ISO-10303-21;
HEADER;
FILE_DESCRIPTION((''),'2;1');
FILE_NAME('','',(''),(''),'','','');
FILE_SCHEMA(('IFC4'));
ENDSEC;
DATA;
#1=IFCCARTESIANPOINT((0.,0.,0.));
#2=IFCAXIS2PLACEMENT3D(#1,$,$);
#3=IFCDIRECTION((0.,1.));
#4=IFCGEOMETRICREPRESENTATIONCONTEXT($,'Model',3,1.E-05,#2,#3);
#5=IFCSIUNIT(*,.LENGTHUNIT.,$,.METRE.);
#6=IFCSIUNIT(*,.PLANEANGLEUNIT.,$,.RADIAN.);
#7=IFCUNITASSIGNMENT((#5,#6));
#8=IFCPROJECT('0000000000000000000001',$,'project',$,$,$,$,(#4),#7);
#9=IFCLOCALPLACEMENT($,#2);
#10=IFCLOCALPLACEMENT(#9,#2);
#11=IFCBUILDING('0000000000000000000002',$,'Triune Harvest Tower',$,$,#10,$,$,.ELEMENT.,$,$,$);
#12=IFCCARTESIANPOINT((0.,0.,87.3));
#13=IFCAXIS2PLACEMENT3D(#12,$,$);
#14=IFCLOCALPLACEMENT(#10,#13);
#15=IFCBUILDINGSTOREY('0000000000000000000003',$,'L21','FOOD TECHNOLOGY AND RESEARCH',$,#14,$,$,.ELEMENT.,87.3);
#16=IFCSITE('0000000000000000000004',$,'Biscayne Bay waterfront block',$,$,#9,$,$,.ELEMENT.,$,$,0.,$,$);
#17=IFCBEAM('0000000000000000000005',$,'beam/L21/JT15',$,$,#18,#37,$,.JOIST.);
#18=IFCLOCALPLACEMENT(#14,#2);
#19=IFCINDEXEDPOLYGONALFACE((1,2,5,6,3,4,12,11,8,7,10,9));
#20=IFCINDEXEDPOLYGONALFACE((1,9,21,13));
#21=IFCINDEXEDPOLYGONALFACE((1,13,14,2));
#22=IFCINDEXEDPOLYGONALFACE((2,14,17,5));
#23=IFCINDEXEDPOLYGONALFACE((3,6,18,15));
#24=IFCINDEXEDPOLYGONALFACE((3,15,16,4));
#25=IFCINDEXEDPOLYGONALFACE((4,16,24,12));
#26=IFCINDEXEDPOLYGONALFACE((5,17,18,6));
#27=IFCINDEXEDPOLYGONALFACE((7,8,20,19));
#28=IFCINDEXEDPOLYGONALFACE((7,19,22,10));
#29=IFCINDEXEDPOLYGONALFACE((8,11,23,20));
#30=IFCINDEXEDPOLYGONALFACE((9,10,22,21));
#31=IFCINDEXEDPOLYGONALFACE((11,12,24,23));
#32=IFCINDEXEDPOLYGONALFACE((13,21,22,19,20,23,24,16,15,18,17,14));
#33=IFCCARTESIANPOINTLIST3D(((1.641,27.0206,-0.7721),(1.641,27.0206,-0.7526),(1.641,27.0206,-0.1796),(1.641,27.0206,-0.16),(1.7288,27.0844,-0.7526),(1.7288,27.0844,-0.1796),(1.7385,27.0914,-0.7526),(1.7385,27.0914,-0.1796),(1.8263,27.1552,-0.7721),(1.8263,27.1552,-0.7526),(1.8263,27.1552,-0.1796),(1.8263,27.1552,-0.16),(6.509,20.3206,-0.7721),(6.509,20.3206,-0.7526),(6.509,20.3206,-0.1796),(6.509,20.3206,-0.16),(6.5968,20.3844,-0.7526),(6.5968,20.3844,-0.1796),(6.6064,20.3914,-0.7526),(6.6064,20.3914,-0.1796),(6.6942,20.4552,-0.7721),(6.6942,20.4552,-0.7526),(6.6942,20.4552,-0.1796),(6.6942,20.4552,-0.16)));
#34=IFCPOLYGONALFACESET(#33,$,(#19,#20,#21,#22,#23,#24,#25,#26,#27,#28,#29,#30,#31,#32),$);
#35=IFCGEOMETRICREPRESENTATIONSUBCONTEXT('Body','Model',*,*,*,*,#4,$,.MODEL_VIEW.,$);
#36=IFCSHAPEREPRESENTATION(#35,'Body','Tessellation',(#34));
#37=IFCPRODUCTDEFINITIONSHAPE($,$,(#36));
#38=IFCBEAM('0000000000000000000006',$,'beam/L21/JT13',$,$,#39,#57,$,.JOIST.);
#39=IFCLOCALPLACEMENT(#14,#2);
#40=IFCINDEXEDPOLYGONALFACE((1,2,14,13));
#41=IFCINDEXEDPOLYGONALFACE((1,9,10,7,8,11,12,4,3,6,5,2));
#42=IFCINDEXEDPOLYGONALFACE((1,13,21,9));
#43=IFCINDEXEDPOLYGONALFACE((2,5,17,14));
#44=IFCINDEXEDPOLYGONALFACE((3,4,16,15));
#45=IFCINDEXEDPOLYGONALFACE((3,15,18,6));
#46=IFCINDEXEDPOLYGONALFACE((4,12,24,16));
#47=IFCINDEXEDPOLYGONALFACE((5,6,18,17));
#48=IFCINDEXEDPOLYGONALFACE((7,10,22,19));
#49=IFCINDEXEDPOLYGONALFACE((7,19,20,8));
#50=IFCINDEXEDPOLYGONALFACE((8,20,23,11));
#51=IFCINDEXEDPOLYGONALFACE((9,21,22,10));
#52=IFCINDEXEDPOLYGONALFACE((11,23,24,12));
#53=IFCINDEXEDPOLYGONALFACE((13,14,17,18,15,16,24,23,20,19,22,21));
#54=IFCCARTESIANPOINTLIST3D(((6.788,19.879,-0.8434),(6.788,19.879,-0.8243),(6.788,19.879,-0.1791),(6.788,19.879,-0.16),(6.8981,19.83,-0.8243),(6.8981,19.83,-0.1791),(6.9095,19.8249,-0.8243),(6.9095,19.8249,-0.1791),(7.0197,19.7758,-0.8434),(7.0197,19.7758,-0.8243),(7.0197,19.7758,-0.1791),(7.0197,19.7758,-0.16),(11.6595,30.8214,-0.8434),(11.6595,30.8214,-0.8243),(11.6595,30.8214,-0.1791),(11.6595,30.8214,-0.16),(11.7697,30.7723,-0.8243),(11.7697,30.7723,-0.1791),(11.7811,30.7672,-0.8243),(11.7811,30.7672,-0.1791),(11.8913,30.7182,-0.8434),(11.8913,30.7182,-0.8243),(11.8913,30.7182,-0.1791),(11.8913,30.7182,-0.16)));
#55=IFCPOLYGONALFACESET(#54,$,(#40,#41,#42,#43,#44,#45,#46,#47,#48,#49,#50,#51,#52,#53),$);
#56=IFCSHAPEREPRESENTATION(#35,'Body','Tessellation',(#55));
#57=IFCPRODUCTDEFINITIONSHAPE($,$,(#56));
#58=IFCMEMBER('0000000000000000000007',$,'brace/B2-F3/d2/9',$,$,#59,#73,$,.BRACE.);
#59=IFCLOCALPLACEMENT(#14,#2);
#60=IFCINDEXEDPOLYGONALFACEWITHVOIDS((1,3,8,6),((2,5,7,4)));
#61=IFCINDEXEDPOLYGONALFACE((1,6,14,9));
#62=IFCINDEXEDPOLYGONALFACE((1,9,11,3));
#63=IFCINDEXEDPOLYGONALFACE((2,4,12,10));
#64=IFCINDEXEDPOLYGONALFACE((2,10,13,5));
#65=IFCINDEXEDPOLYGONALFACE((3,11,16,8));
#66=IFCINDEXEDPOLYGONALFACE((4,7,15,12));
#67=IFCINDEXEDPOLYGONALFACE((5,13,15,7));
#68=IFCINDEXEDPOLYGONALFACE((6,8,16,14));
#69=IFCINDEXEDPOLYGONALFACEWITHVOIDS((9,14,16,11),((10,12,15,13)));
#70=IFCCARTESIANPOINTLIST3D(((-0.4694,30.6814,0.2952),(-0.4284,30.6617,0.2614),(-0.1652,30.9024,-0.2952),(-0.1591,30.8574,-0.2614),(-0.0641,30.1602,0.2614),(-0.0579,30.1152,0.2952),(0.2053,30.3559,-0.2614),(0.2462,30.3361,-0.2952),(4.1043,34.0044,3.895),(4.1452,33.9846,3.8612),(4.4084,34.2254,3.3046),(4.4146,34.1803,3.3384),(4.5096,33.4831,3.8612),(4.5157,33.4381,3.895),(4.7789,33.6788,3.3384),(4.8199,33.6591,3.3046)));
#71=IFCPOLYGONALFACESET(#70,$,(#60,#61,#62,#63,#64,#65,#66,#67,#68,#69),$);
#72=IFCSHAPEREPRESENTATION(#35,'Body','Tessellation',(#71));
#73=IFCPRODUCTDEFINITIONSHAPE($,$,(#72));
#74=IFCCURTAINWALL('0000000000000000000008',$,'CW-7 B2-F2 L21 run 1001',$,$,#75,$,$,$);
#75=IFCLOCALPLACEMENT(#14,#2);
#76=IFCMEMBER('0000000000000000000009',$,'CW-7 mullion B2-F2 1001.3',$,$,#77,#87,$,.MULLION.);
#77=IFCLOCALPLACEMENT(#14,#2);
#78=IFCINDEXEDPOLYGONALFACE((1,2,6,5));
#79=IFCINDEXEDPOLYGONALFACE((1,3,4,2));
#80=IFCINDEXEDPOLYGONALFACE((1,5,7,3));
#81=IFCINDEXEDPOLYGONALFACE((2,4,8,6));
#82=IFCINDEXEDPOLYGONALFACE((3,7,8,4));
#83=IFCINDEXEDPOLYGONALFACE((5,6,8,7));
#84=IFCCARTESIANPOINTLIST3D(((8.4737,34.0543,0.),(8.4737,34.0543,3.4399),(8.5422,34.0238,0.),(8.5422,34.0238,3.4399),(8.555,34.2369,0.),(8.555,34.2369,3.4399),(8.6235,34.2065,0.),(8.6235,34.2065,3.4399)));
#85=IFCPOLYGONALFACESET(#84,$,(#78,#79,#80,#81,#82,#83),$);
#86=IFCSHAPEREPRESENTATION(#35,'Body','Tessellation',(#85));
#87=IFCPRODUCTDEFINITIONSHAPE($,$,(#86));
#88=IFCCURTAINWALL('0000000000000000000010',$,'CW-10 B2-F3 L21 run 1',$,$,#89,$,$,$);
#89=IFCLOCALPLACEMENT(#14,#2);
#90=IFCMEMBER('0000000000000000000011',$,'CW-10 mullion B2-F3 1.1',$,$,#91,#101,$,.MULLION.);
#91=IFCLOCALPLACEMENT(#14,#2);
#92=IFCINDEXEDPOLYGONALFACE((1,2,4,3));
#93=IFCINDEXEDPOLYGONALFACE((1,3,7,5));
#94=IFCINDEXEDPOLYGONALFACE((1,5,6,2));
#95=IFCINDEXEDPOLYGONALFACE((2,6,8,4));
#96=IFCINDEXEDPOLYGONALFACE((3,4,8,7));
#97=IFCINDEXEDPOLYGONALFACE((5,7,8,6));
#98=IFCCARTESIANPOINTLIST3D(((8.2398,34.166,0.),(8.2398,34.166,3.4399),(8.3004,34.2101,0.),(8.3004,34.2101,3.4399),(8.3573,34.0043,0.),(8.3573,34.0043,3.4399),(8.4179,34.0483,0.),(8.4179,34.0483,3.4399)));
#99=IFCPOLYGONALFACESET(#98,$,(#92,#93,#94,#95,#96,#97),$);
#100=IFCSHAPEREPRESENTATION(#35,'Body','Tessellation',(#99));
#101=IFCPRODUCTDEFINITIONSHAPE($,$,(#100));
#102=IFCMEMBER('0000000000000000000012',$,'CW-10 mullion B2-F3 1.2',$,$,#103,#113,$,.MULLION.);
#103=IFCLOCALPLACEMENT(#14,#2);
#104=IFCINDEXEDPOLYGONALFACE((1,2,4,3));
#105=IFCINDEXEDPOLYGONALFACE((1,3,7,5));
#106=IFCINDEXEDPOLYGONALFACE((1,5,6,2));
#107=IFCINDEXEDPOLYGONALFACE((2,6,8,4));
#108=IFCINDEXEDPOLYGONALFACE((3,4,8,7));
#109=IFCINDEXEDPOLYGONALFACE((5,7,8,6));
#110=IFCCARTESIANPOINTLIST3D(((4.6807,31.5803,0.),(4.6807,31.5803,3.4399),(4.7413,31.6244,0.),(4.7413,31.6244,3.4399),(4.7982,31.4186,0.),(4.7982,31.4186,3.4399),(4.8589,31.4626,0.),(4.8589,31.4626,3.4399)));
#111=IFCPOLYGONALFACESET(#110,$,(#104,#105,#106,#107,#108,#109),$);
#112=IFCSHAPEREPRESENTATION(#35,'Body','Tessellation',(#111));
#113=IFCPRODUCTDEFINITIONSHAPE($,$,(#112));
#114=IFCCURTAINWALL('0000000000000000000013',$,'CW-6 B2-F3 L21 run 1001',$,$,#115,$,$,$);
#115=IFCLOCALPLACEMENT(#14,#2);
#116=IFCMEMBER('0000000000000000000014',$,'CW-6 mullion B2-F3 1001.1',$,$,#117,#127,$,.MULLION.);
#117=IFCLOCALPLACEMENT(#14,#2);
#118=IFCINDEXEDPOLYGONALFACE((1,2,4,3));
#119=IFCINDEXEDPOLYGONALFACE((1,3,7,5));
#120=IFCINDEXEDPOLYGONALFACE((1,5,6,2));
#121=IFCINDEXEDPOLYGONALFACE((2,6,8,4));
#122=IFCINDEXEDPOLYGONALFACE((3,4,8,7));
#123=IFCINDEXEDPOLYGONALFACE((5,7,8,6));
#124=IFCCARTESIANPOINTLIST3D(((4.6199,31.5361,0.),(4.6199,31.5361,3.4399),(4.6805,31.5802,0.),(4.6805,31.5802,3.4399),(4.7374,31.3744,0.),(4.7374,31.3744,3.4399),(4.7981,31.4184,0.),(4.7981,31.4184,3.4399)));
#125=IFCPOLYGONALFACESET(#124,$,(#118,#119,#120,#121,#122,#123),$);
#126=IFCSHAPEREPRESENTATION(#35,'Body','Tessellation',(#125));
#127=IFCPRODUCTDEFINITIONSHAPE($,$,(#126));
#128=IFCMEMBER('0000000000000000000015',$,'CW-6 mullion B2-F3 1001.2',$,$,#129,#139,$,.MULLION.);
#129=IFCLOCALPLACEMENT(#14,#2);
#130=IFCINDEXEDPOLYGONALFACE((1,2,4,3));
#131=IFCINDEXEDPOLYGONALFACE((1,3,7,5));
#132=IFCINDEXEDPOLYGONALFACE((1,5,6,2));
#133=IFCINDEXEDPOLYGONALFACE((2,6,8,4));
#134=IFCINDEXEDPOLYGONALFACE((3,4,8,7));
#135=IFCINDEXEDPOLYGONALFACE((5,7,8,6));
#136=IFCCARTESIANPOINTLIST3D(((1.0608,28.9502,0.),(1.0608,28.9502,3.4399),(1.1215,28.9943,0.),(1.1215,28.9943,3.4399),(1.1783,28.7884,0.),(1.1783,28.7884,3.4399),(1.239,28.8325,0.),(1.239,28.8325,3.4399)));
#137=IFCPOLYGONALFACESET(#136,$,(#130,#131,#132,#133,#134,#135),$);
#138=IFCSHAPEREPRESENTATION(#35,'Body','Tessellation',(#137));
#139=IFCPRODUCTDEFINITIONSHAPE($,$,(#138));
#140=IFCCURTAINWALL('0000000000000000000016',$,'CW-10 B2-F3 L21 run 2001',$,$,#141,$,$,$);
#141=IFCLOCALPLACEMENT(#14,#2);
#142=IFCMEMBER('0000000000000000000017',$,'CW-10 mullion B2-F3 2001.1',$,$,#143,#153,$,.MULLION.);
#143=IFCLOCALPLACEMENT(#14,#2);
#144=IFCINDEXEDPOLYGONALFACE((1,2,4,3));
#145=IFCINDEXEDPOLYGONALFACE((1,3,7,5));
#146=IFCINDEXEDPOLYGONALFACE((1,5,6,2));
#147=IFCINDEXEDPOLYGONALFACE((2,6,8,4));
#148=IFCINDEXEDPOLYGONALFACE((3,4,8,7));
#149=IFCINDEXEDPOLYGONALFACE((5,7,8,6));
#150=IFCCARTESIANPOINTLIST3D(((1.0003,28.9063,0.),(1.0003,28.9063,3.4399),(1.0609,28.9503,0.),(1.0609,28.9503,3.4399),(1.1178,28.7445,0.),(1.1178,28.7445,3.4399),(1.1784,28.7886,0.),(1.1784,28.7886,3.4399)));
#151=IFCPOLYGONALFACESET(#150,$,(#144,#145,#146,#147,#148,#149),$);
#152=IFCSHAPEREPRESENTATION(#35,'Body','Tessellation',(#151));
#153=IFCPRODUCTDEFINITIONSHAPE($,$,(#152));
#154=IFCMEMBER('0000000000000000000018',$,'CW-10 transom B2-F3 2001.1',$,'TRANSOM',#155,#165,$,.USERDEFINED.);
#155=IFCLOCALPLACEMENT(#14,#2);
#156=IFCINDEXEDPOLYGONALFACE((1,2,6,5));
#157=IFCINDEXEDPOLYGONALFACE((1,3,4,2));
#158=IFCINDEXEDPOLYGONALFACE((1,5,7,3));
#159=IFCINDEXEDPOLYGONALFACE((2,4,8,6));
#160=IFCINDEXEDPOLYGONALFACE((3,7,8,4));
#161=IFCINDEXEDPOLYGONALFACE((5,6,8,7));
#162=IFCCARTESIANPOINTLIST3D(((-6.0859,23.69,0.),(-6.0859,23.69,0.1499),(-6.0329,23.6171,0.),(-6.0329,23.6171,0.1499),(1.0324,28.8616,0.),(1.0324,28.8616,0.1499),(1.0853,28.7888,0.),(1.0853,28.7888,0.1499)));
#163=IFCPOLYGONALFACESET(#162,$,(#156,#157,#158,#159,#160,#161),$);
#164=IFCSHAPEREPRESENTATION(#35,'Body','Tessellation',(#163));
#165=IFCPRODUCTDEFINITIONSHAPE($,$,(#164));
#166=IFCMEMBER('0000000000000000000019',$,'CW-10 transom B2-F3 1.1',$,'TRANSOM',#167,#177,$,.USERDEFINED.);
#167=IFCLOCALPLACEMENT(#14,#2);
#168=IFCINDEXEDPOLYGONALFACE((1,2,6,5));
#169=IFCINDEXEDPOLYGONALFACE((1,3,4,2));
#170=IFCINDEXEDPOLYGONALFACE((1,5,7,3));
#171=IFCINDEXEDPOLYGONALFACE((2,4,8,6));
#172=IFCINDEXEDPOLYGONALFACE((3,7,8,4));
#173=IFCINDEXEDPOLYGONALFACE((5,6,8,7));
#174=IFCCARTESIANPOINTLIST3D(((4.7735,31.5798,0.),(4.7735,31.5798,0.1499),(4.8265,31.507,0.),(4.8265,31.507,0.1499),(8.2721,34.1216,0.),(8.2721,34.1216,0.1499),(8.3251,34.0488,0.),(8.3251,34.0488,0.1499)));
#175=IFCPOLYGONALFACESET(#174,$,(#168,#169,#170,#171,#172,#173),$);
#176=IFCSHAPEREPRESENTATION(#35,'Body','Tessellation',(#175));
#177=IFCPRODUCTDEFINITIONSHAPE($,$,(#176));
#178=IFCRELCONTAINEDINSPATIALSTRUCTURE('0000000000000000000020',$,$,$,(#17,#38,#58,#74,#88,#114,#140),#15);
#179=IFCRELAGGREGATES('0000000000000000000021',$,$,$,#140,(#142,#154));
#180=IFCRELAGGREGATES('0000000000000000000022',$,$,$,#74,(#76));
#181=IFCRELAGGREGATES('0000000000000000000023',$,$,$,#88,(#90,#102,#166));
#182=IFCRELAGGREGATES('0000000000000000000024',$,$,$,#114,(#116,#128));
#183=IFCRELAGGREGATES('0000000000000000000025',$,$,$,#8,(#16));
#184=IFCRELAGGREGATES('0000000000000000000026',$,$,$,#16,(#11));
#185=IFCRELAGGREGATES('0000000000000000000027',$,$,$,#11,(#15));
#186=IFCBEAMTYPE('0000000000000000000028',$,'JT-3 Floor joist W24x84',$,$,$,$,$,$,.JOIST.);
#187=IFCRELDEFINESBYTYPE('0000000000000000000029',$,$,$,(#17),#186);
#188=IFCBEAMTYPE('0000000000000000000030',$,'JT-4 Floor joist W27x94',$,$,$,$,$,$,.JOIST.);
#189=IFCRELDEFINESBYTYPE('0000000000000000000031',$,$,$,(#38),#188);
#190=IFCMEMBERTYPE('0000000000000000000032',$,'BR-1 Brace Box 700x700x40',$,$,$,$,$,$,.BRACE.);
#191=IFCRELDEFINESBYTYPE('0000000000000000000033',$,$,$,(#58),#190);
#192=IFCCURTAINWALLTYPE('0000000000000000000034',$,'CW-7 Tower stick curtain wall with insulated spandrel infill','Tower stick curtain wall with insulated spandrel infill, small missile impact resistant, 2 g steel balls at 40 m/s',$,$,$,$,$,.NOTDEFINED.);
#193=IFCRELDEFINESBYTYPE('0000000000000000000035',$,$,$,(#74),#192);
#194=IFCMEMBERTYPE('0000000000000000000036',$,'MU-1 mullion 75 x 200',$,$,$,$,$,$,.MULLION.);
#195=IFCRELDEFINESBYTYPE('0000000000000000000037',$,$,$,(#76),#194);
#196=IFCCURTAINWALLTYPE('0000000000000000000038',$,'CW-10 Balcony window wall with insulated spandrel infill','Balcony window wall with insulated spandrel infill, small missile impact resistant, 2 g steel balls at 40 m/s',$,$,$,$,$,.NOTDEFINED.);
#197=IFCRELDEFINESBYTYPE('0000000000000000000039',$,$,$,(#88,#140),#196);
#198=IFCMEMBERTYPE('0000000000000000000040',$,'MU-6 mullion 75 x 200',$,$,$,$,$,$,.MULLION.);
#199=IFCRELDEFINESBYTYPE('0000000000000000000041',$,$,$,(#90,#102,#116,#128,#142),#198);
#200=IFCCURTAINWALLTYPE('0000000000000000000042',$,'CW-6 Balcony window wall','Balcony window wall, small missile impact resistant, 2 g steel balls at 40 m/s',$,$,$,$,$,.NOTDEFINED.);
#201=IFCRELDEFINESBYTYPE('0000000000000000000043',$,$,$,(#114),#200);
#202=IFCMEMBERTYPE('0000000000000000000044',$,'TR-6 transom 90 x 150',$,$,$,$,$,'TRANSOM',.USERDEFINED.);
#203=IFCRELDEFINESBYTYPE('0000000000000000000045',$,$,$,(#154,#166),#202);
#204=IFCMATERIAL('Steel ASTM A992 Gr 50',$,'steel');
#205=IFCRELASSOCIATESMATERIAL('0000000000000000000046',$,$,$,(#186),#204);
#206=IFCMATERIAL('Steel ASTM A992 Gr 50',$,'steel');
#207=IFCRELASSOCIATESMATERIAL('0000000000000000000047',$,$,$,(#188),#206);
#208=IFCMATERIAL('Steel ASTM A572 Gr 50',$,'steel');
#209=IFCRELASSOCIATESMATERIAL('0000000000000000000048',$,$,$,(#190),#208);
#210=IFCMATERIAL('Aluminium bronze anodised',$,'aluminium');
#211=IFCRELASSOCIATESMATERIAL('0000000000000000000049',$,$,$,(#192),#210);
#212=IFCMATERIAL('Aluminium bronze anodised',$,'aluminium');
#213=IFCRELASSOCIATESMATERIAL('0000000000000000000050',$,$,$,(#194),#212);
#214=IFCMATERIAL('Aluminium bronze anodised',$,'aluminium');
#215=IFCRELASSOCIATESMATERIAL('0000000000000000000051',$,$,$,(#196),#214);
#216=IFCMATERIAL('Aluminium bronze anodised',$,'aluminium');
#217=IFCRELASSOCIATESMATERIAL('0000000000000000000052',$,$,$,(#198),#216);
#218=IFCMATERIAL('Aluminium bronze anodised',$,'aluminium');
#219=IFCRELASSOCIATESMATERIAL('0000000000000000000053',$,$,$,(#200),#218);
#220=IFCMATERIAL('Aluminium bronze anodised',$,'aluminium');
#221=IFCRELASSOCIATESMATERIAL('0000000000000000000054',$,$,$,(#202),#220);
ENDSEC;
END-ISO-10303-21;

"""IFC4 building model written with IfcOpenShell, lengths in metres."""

from ifc_helpers import new_model, si_unit, direction, frame, origin, origin_2d, place, context, subcontext, project, spatial, rectangle, hollow_rectangle, i_section, extrude, source, transform, mapped, material, material_profile, profile_set, type_object, element, aggregate, save


model = new_model("IFC4")

# Units and contexts
model_context = context("Model", 3, precision=1e-05, world=origin(), true_north=direction((0.0, 1.0)))
body_context = subcontext(model_context, "Body", "Model", "MODEL_VIEW")
ifc_project = project(units=[si_unit("LENGTHUNIT", "METRE"), si_unit("PLANEANGLEUNIT", "RADIAN")], contexts=[model_context])

# Site, building, storey
site_placement = place(None, origin())
site = spatial("IfcSite", under=ifc_project, at=site_placement, Name="Biscayne Bay waterfront block", CompositionType="ELEMENT", RefElevation=0.0)
building_placement = place(site_placement, origin())
building = spatial("IfcBuilding", under=site, at=building_placement, Name="Triune Harvest Tower", CompositionType="ELEMENT")
storey_placement = place(building_placement, frame((0.0, 0.0, 87.3)))
storey = spatial("IfcBuildingStorey", under=building, at=storey_placement, Name="L21", Description="FOOD TECHNOLOGY AND RESEARCH", CompositionType="ELEMENT", Elevation=87.3)

# Beams
ifc_material_1 = material(Name="Steel ASTM A992 Gr 50", Category="steel")
ifc_material_profile_1 = material_profile(ifc_material_1, i_section(OverallWidth=0.229, OverallDepth=0.6121, WebThickness=0.012, FlangeThickness=0.0195, at=origin_2d()), Name="W24x84")
ifc_profile_set_1 = profile_set([ifc_material_profile_1], Name="Steel ASTM A992 Gr 50")
beam_type_1 = type_object("IfcBeamType", Name="JT-3 Floor joist W24x84", PredefinedType="JOIST", material=ifc_profile_set_1)
shared_shape_1 = source(origin(), body_context, "Body", "SweptSolid", [
    extrude(i_section(OverallWidth=0.229, OverallDepth=0.6121, WebThickness=0.012, FlangeThickness=0.0195, at=origin_2d()), origin(), (0.0, 0.0, 1.0), 8.2817),
])
beam_1_placement = place(storey_placement, frame((1.7336, 27.0879, -0.4661), z_axis=(0.587795, -0.80901, 0.0), x_axis=(0.80901, 0.587795, 0.0)))
element("IfcBeam", 1, at=beam_1_placement, inside=storey, type_object=beam_type_1, Name="beam/L21/JT15", PredefinedType="JOIST", context=body_context, shape_type="MappedRepresentation", body=[
    mapped(shared_shape_1, transform((0.0, 0.0, 0.0), scale=1.0)),
])
ifc_material_2 = material(Name="Steel ASTM A992 Gr 50", Category="steel")
ifc_material_profile_2 = material_profile(ifc_material_2, i_section(OverallWidth=0.2537, OverallDepth=0.6833, WebThickness=0.0125, FlangeThickness=0.019, at=origin_2d()), Name="W27x94")
ifc_profile_set_2 = profile_set([ifc_material_profile_2], Name="Steel ASTM A992 Gr 50")
beam_type_2 = type_object("IfcBeamType", Name="JT-4 Floor joist W27x94", PredefinedType="JOIST", material=ifc_profile_set_2)
shared_shape_2 = source(origin(), body_context, "Body", "SweptSolid", [
    extrude(i_section(OverallWidth=0.2537, OverallDepth=0.6833, WebThickness=0.0125, FlangeThickness=0.019, at=origin_2d()), origin(), (0.0, 0.0, 1.0), 11.9778),
])
beam_2_placement = place(storey_placement, frame((11.7754, 30.7698, -0.5017), z_axis=(-0.406717, -0.913554, 0.0), x_axis=(0.913554, -0.406717, 0.0)))
element("IfcBeam", 2, at=beam_2_placement, inside=storey, type_object=beam_type_2, Name="beam/L21/JT13", PredefinedType="JOIST", context=body_context, shape_type="MappedRepresentation", body=[
    mapped(shared_shape_2, transform((0.0, 0.0, 0.0), scale=1.0)),
])

# Member
ifc_material_3 = material(Name="Steel ASTM A572 Gr 50", Category="steel")
ifc_material_profile_3 = material_profile(ifc_material_3, hollow_rectangle(XDim=0.7, YDim=0.7, WallThickness=0.04, at=origin_2d()), Name="Box 700x700x40")
ifc_profile_set_3 = profile_set([ifc_material_profile_3], Name="Steel ASTM A572 Gr 50")
member_type_1 = type_object("IfcMemberType", Name="BR-1 Brace Box 700x700x40", PredefinedType="BRACE", material=ifc_profile_set_3)
shared_shape_3 = source(origin(), body_context, "Body", "SweptSolid", [
    extrude(hollow_rectangle(XDim=0.7, YDim=0.7, WallThickness=0.04, at=origin_2d()), origin(), (0.0, 0.0, 1.0), 6.7021),
])
member_1_placement = place(storey_placement, frame((-0.1116, 30.5088, 0.0), z_axis=(0.682416, 0.495803, 0.53711), x_axis=(-0.587784, 0.809018, 0.0)))
element("IfcMember", 3, at=member_1_placement, inside=storey, type_object=member_type_1, Name="brace/B2-F3/d2/9", PredefinedType="BRACE", context=body_context, shape_type="MappedRepresentation", body=[
    mapped(shared_shape_3, transform((0.0, 0.0, 0.0), scale=1.0)),
])

# Curtain wall, member
ifc_material_4 = material(Name="Aluminium bronze anodised", Category="aluminium")
curtain_wall_type_1 = type_object("IfcCurtainWallType", Name="CW-7 Tower stick curtain wall with insulated spandrel infill", Description="Tower stick curtain wall with insulated spandrel infill, small missile impact resistant, 2 g steel balls at 40 m/s", PredefinedType="NOTDEFINED", material=ifc_material_4)
curtain_wall_1_placement = place(storey_placement, origin())
curtain_wall_1 = element("IfcCurtainWall", 4, at=curtain_wall_1_placement, inside=storey, type_object=curtain_wall_type_1, Name="CW-7 B2-F2 L21 run 1001")
ifc_material_5 = material(Name="Aluminium bronze anodised", Category="aluminium")
ifc_material_profile_4 = material_profile(ifc_material_5, rectangle(XDim=0.2, YDim=0.075, at=origin_2d()), Name="MU-1 mullion 75 x 200")
ifc_profile_set_4 = profile_set([ifc_material_profile_4], Name="Aluminium bronze anodised")
member_type_2 = type_object("IfcMemberType", Name="MU-1 mullion 75 x 200", PredefinedType="MULLION", material=ifc_profile_set_4)
shared_shape_4 = source(origin(), body_context, "Body", "SweptSolid", [
    extrude(rectangle(XDim=0.2, YDim=0.075, at=origin_2d()), origin(), (0.0, 0.0, 1.0), 3.4399),
])
member_2_placement = place(storey_placement, frame((8.5486, 34.1304, 0.0), z_axis=(0.0, 0.0, 1.0), x_axis=(-0.406735, -0.913546, 0.0)))
member_2 = element("IfcMember", 5, at=member_2_placement, type_object=member_type_2, Name="CW-7 mullion B2-F2 1001.3", PredefinedType="MULLION", context=body_context, shape_type="MappedRepresentation", body=[
    mapped(shared_shape_4, transform((0.0, 0.0, 0.0), scale=1.0)),
])

# Curtain walls, members
ifc_material_6 = material(Name="Aluminium bronze anodised", Category="aluminium")
curtain_wall_type_2 = type_object("IfcCurtainWallType", Name="CW-10 Balcony window wall with insulated spandrel infill", Description="Balcony window wall with insulated spandrel infill, small missile impact resistant, 2 g steel balls at 40 m/s", PredefinedType="NOTDEFINED", material=ifc_material_6)
curtain_wall_2_placement = place(storey_placement, origin())
curtain_wall_2 = element("IfcCurtainWall", 6, at=curtain_wall_2_placement, inside=storey, type_object=curtain_wall_type_2, Name="CW-10 B2-F3 L21 run 1")
ifc_material_7 = material(Name="Aluminium bronze anodised", Category="aluminium")
ifc_material_profile_5 = material_profile(ifc_material_7, rectangle(XDim=0.2, YDim=0.075, at=origin_2d()), Name="MU-6 mullion 75 x 200")
ifc_profile_set_5 = profile_set([ifc_material_profile_5], Name="Aluminium bronze anodised")
member_type_3 = type_object("IfcMemberType", Name="MU-6 mullion 75 x 200", PredefinedType="MULLION", material=ifc_profile_set_5)
shared_shape_5 = source(origin(), body_context, "Body", "SweptSolid", [
    extrude(rectangle(XDim=0.2, YDim=0.075, at=origin_2d()), origin(), (0.0, 0.0, 1.0), 3.4399),
])
member_3_placement = place(storey_placement, frame((8.3289, 34.1072, 0.0), z_axis=(0.0, 0.0, 1.0), x_axis=(0.587781, -0.80902, 0.0)))
member_3 = element("IfcMember", 7, at=member_3_placement, type_object=member_type_3, Name="CW-10 mullion B2-F3 1.1", PredefinedType="MULLION", context=body_context, shape_type="MappedRepresentation", body=[
    mapped(shared_shape_5, transform((0.0, 0.0, 0.0), scale=1.0)),
])
member_4_placement = place(storey_placement, frame((4.7698, 31.5215, 0.0), z_axis=(0.0, 0.0, 1.0), x_axis=(0.587781, -0.80902, 0.0)))
member_4 = element("IfcMember", 8, at=member_4_placement, type_object=member_type_3, Name="CW-10 mullion B2-F3 1.2", PredefinedType="MULLION", context=body_context, shape_type="MappedRepresentation", body=[
    mapped(shared_shape_5, transform((0.0, 0.0, 0.0), scale=1.0)),
])
ifc_material_8 = material(Name="Aluminium bronze anodised", Category="aluminium")
curtain_wall_type_3 = type_object("IfcCurtainWallType", Name="CW-6 Balcony window wall", Description="Balcony window wall, small missile impact resistant, 2 g steel balls at 40 m/s", PredefinedType="NOTDEFINED", material=ifc_material_8)
curtain_wall_3_placement = place(storey_placement, origin())
curtain_wall_3 = element("IfcCurtainWall", 9, at=curtain_wall_3_placement, inside=storey, type_object=curtain_wall_type_3, Name="CW-6 B2-F3 L21 run 1001")
member_5_placement = place(storey_placement, frame((4.709, 31.4773, 0.0), z_axis=(0.0, 0.0, 1.0), x_axis=(0.587794, -0.80901, 0.0)))
member_5 = element("IfcMember", 10, at=member_5_placement, type_object=member_type_3, Name="CW-6 mullion B2-F3 1001.1", PredefinedType="MULLION", context=body_context, shape_type="MappedRepresentation", body=[
    mapped(shared_shape_5, transform((0.0, 0.0, 0.0), scale=1.0)),
])
member_6_placement = place(storey_placement, frame((1.1499, 28.8914, 0.0), z_axis=(0.0, 0.0, 1.0), x_axis=(0.587794, -0.80901, 0.0)))
member_6 = element("IfcMember", 11, at=member_6_placement, type_object=member_type_3, Name="CW-6 mullion B2-F3 1001.2", PredefinedType="MULLION", context=body_context, shape_type="MappedRepresentation", body=[
    mapped(shared_shape_5, transform((0.0, 0.0, 0.0), scale=1.0)),
])
curtain_wall_4_placement = place(storey_placement, origin())
curtain_wall_4 = element("IfcCurtainWall", 12, at=curtain_wall_4_placement, inside=storey, type_object=curtain_wall_type_2, Name="CW-10 B2-F3 L21 run 2001")
member_7_placement = place(storey_placement, frame((1.0894, 28.8474, 0.0), z_axis=(0.0, 0.0, 1.0), x_axis=(0.587787, -0.809016, 0.0)))
member_7 = element("IfcMember", 13, at=member_7_placement, type_object=member_type_3, Name="CW-10 mullion B2-F3 2001.1", PredefinedType="MULLION", context=body_context, shape_type="MappedRepresentation", body=[
    mapped(shared_shape_5, transform((0.0, 0.0, 0.0), scale=1.0)),
])
ifc_material_9 = material(Name="Aluminium bronze anodised", Category="aluminium")
ifc_material_profile_6 = material_profile(ifc_material_9, rectangle(XDim=0.0901, YDim=0.1499, at=origin_2d()), Name="TR-6 transom 90 x 150")
ifc_profile_set_6 = profile_set([ifc_material_profile_6], Name="Aluminium bronze anodised")
member_type_4 = type_object("IfcMemberType", Name="TR-6 transom 90 x 150", ElementType="TRANSOM", PredefinedType="USERDEFINED", material=ifc_profile_set_6)
shared_shape_6 = source(origin(), body_context, "Body", "SweptSolid", [
    extrude(rectangle(XDim=0.0901, YDim=0.1499, at=origin_2d()), origin(), (0.0, 0.0, 1.0), 8.7986),
])
member_8_placement = place(storey_placement, frame((1.0588, 28.8252, 0.075), z_axis=(-0.809018, -0.587784, 0.0), x_axis=(0.587784, -0.809018, 0.0)))
member_8 = element("IfcMember", 14, at=member_8_placement, type_object=member_type_4, Name="CW-10 transom B2-F3 2001.1", ObjectType="TRANSOM", PredefinedType="USERDEFINED", context=body_context, shape_type="MappedRepresentation", body=[
    mapped(shared_shape_6, transform((0.0, 0.0, 0.0), scale=1.0)),
])

# Member
shared_shape_7 = source(origin(), body_context, "Body", "SweptSolid", [
    extrude(rectangle(XDim=0.0901, YDim=0.1499, at=origin_2d()), origin(), (0.0, 0.0, 1.0), 4.3245),
])
member_9_placement = place(storey_placement, frame((8.2986, 34.0852, 0.075), z_axis=(-0.809027, -0.587772, 0.0), x_axis=(0.587772, -0.809027, 0.0)))
member_9 = element("IfcMember", 15, at=member_9_placement, type_object=member_type_4, Name="CW-10 transom B2-F3 1.1", ObjectType="TRANSOM", PredefinedType="USERDEFINED", context=body_context, shape_type="MappedRepresentation", body=[
    mapped(shared_shape_7, transform((0.0, 0.0, 0.0), scale=1.0)),
])

aggregate(curtain_wall_4, [member_7, member_8])
aggregate(curtain_wall_1, [member_2])
aggregate(curtain_wall_2, [member_3, member_4, member_9])
aggregate(curtain_wall_3, [member_5, member_6])

save(model, "model.ifc")
